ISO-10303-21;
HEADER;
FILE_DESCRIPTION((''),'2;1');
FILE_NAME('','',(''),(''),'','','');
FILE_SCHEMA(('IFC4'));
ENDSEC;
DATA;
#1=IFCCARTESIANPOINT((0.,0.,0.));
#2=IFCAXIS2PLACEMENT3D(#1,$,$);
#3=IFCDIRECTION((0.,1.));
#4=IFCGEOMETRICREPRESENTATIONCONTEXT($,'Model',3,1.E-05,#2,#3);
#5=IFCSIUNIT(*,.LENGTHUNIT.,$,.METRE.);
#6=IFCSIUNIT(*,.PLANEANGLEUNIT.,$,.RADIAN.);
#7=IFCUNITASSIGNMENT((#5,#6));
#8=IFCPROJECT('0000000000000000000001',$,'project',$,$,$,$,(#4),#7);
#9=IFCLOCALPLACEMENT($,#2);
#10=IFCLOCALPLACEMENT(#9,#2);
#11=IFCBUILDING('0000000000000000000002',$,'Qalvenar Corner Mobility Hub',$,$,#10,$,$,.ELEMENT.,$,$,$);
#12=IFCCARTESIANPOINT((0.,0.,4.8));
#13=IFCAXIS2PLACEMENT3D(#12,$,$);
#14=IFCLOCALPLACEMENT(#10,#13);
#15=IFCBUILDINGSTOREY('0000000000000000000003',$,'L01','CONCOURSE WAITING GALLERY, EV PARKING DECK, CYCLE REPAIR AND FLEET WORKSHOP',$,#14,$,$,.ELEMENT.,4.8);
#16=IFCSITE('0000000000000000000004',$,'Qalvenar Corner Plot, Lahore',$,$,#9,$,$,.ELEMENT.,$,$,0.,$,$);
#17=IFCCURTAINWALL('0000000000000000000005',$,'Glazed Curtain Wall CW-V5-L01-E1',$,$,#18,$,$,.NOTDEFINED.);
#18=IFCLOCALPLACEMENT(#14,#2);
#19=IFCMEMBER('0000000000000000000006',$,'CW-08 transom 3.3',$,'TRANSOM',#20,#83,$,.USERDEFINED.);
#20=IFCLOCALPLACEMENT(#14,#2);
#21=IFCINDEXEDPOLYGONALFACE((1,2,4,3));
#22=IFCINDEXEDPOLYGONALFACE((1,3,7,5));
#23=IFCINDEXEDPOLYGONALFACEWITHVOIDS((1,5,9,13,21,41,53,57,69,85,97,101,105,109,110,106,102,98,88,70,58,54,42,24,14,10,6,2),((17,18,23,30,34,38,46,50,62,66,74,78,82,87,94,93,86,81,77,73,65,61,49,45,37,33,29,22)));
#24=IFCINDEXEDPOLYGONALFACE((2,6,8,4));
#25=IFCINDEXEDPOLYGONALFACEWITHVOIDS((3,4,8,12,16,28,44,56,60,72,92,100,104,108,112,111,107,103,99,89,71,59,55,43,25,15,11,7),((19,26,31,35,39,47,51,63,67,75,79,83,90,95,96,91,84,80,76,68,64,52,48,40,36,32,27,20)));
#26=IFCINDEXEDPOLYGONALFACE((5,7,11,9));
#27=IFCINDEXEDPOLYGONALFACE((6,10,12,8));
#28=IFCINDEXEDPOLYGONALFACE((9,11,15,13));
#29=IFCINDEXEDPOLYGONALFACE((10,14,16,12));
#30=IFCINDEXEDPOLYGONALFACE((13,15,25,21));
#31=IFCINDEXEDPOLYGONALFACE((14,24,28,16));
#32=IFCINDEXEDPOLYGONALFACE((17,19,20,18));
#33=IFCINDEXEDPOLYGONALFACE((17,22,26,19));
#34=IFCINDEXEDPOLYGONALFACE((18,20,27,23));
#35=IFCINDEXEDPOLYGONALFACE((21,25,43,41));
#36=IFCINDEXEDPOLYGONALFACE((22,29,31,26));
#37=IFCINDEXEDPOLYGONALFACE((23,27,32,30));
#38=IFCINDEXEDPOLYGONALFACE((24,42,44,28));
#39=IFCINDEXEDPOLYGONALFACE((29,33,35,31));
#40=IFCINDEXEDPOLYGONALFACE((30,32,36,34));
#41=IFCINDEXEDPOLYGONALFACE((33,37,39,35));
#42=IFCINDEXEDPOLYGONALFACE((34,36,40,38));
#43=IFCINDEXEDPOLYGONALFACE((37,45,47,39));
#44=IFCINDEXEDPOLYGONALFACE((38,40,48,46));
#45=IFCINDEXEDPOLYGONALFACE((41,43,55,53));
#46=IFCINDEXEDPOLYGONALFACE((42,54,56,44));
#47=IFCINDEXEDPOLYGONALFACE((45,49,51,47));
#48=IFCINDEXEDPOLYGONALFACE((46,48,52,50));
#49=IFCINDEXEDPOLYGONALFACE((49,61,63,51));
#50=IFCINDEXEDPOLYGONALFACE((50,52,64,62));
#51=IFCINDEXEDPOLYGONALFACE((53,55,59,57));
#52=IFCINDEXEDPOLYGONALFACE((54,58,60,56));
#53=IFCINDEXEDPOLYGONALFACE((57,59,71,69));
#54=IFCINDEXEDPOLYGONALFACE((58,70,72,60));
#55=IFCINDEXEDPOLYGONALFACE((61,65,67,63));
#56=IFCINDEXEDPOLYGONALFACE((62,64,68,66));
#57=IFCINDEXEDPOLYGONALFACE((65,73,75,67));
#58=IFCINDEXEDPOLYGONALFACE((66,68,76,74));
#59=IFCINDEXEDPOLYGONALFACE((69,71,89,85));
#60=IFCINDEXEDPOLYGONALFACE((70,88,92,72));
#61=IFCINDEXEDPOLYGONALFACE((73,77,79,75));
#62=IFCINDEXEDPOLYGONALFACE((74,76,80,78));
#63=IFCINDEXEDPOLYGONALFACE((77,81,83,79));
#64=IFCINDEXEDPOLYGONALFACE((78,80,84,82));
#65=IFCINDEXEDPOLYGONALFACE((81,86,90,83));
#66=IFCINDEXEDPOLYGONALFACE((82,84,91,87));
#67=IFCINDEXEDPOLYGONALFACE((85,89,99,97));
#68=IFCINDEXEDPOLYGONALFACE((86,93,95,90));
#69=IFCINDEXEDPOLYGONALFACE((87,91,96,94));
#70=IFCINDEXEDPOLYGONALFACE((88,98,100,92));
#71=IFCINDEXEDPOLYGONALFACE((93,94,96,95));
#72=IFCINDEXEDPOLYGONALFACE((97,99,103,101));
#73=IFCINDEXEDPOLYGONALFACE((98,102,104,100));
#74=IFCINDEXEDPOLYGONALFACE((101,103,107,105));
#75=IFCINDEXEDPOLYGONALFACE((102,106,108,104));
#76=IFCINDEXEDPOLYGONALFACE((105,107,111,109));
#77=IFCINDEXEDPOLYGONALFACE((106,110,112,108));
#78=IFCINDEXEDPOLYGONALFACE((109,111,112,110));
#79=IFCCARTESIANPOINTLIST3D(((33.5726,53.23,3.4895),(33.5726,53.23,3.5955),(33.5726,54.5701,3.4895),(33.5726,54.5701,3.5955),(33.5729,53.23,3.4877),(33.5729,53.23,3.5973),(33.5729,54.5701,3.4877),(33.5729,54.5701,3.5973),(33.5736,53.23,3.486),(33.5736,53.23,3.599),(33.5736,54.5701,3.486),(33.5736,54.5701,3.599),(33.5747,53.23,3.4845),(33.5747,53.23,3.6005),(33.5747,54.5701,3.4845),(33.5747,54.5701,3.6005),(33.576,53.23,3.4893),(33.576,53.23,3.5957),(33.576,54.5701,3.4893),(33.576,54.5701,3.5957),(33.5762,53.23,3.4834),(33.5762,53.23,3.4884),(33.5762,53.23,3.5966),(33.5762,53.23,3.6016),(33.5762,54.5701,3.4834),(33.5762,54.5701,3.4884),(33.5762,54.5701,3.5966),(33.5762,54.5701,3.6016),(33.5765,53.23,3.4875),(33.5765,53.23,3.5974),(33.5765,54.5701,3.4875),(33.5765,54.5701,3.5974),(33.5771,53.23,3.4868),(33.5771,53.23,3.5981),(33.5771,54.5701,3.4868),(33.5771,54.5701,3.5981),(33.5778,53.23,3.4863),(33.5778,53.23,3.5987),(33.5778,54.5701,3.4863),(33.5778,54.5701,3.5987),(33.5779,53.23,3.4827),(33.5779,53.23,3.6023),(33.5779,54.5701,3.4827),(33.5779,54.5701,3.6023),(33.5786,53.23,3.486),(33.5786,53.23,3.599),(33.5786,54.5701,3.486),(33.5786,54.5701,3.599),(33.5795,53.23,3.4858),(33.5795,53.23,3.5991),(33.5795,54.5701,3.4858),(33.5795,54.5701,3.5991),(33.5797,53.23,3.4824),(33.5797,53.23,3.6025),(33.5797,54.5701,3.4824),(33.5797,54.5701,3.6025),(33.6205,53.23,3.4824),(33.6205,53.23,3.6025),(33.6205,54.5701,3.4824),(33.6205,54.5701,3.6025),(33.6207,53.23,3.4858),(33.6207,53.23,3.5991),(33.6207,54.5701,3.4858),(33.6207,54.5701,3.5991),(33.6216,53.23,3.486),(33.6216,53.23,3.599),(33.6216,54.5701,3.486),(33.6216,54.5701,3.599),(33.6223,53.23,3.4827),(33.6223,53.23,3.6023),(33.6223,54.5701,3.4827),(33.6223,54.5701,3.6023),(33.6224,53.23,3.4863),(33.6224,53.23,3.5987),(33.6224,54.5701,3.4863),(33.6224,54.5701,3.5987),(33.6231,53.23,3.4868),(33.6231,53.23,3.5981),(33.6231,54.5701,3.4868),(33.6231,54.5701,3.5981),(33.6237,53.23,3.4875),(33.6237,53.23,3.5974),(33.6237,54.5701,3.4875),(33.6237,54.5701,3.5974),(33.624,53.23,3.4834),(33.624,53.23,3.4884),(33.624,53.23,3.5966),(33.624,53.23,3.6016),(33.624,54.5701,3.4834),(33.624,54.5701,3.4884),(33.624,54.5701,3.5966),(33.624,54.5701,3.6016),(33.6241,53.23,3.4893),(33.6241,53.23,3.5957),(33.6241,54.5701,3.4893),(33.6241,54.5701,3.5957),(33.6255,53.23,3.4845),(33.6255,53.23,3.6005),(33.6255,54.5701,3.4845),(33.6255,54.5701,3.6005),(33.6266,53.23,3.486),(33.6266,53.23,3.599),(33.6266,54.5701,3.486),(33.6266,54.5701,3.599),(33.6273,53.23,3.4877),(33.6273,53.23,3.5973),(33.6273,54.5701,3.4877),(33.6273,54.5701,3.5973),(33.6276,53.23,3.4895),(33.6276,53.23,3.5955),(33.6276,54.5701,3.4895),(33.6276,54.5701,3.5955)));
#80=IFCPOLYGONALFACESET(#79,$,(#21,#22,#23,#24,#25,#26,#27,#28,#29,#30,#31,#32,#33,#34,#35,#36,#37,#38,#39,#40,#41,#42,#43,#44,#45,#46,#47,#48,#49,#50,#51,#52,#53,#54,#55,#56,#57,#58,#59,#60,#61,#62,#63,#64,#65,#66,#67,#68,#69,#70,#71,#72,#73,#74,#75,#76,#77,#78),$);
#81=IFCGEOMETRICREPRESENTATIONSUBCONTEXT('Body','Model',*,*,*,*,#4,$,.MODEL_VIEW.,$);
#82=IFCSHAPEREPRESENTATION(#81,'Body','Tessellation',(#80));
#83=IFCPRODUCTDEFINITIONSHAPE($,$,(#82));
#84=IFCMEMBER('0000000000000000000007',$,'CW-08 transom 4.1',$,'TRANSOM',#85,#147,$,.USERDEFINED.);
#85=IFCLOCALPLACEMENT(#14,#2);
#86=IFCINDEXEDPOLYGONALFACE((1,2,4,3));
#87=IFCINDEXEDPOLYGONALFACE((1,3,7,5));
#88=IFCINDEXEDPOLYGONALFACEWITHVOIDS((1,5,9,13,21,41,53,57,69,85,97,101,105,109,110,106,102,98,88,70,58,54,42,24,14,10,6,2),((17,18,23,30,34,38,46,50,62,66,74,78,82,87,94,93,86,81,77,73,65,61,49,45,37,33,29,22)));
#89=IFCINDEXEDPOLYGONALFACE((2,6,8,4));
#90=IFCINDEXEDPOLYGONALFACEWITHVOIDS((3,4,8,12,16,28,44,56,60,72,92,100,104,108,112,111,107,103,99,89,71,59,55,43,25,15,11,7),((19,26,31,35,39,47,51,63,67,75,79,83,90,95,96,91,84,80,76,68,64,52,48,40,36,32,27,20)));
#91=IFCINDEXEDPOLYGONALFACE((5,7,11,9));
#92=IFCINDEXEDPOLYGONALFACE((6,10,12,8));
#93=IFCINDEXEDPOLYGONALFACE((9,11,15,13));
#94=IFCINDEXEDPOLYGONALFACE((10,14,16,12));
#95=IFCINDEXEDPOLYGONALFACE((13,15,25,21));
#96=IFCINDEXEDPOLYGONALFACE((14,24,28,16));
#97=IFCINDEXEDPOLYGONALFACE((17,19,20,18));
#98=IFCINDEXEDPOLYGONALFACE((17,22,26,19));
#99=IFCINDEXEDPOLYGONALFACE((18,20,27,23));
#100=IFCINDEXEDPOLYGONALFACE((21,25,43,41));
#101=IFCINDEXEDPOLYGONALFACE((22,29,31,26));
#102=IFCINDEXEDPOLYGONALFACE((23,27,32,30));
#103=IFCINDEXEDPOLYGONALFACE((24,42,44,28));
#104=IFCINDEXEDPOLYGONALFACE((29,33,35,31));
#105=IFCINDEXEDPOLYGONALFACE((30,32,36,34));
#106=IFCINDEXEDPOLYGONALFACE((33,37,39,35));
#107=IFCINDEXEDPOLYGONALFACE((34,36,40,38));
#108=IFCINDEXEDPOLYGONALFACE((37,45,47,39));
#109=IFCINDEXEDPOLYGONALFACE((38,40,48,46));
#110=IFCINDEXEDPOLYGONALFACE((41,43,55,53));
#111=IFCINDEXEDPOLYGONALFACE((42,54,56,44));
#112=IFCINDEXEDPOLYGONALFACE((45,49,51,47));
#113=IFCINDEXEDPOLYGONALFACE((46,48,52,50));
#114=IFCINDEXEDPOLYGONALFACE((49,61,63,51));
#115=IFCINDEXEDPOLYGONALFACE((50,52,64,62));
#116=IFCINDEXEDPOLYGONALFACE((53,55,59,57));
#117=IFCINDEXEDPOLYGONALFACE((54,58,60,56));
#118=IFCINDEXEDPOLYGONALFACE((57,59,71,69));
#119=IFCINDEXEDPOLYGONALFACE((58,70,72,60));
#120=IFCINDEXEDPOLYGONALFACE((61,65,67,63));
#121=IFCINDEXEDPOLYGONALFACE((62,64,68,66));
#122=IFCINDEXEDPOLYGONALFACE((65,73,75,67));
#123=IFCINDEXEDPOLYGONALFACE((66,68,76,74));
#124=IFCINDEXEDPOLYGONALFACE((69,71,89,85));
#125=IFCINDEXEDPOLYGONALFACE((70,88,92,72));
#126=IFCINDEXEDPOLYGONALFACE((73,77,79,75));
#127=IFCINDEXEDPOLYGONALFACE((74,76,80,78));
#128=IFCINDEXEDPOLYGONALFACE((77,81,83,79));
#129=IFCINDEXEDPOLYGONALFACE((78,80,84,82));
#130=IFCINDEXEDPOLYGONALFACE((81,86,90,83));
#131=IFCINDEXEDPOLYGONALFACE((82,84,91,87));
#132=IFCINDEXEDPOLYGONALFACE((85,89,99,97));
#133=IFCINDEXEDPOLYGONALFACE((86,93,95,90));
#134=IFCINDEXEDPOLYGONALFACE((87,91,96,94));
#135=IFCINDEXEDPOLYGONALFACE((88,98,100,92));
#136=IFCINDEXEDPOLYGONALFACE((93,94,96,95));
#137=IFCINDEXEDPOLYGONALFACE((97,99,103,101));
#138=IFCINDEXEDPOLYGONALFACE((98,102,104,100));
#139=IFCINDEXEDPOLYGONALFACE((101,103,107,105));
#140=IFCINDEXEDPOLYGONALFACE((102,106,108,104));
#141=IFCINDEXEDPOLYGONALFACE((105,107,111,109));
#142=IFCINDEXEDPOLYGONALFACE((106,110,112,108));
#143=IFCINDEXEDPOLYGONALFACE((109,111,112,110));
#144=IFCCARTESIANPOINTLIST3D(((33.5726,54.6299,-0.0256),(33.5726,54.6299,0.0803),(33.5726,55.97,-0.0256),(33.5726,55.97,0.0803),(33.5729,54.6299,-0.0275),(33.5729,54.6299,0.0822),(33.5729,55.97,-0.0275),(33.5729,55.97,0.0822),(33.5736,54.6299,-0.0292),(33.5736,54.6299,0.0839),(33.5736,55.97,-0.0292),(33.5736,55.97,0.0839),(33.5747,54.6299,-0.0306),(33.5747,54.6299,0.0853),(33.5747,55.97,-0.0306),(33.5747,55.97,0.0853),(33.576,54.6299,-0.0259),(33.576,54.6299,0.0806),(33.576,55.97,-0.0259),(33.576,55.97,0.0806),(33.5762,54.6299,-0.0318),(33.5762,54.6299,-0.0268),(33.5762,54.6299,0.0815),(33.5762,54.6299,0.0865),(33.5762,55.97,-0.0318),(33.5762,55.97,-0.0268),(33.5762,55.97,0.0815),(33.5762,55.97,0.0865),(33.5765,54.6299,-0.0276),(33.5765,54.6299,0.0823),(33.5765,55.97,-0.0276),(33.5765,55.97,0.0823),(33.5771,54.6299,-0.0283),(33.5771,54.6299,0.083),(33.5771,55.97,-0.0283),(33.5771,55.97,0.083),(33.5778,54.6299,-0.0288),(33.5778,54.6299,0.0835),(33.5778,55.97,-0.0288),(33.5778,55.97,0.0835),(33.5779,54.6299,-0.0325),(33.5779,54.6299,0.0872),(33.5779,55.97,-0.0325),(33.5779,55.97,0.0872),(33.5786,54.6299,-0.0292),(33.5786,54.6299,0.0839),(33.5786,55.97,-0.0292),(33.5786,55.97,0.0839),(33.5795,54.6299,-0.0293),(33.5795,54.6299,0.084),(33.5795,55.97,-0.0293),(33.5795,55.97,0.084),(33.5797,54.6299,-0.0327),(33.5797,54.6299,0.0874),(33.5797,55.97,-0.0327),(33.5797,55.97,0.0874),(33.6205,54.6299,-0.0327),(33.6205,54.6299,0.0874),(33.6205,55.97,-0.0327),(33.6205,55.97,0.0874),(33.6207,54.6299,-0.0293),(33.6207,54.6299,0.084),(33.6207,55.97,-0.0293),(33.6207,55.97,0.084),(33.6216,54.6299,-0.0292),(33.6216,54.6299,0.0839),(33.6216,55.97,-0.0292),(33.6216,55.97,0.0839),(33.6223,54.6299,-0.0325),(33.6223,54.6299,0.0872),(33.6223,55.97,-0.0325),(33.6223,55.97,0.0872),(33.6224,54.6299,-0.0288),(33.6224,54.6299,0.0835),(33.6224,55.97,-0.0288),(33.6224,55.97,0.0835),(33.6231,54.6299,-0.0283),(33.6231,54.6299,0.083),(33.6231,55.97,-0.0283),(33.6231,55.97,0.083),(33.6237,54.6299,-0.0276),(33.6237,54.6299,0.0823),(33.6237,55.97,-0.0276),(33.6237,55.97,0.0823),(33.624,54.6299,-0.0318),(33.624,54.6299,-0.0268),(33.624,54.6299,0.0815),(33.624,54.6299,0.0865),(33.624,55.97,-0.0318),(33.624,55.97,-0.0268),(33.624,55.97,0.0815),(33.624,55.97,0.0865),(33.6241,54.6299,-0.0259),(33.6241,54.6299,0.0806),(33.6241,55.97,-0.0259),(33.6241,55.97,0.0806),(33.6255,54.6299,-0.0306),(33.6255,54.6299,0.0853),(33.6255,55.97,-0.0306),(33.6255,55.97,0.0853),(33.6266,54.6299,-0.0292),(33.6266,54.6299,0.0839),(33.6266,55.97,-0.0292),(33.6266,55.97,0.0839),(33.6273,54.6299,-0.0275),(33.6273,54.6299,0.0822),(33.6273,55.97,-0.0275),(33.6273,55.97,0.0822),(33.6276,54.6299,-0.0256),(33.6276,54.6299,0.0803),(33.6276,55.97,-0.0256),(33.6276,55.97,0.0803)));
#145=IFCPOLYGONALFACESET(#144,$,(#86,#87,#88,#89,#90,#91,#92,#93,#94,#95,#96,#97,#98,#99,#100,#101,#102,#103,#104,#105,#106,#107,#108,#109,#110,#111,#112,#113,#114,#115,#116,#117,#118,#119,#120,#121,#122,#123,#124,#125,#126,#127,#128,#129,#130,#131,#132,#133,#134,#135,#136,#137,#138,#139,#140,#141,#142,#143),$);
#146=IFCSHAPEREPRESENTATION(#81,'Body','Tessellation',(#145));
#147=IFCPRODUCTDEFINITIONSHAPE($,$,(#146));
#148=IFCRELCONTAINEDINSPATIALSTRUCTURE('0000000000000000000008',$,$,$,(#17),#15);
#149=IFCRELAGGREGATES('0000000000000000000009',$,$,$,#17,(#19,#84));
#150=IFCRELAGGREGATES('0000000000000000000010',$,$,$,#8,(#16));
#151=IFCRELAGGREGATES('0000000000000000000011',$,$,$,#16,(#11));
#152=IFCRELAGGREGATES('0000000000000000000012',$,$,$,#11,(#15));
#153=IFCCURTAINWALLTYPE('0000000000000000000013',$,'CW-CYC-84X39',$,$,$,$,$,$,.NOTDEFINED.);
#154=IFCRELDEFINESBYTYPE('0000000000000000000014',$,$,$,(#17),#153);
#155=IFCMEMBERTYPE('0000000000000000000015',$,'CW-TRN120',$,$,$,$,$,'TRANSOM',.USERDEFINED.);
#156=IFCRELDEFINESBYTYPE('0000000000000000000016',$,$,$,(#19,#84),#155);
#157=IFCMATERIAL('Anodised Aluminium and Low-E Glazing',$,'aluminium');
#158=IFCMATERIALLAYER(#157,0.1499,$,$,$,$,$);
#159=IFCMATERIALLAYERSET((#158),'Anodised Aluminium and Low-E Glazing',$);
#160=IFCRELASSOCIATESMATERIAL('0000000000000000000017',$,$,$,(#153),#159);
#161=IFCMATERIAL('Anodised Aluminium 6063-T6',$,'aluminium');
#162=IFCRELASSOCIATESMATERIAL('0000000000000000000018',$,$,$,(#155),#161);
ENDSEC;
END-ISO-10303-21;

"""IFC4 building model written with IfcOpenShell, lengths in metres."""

from ifc_helpers import new_model, si_unit, direction, frame, origin, origin_2d, place, context, subcontext, project, spatial, hollow_rectangle, extrude, material, layer, layer_set, material_profile, profile_set, type_object, element, aggregate, save


model = new_model("IFC4")

# Units and contexts
model_context = context("Model", 3, precision=1e-05, world=origin(), true_north=direction((0.0, 1.0)))
body_context = subcontext(model_context, "Body", "Model", "MODEL_VIEW")
ifc_project = project(units=[si_unit("LENGTHUNIT", "METRE"), si_unit("PLANEANGLEUNIT", "RADIAN")], contexts=[model_context])

# Site, building, storey
site_placement = place(None, origin())
site = spatial("IfcSite", under=ifc_project, at=site_placement, Name="Qalvenar Corner Plot, Lahore", CompositionType="ELEMENT", RefElevation=0.0)
building_placement = place(site_placement, origin())
building = spatial("IfcBuilding", under=site, at=building_placement, Name="Qalvenar Corner Mobility Hub", CompositionType="ELEMENT")
storey_placement = place(building_placement, frame((0.0, 0.0, 4.8)))
storey = spatial("IfcBuildingStorey", under=building, at=storey_placement, Name="L01", Description="CONCOURSE WAITING GALLERY, EV PARKING DECK, CYCLE REPAIR AND FLEET WORKSHOP", CompositionType="ELEMENT", Elevation=4.8)

# Curtain wall, members
ifc_material_1 = material(Name="Anodised Aluminium and Low-E Glazing", Category="aluminium")
ifc_layer_1 = layer(ifc_material_1, 0.1499)
ifc_layer_set_1 = layer_set([ifc_layer_1], Name="Anodised Aluminium and Low-E Glazing")
curtain_wall_type = type_object("IfcCurtainWallType", Name="CW-CYC-84X39", PredefinedType="NOTDEFINED", material=ifc_layer_set_1)
curtain_wall_placement = place(storey_placement, origin())
curtain_wall = element("IfcCurtainWall", 1, at=curtain_wall_placement, inside=storey, type_object=curtain_wall_type, Name="Glazed Curtain Wall CW-V5-L01-E1", PredefinedType="NOTDEFINED")
ifc_material_2 = material(Name="Anodised Aluminium 6063-T6", Category="aluminium")
ifc_material_profile_1 = material_profile(ifc_material_2, hollow_rectangle(XDim=0.0549, YDim=0.1201, WallThickness=0.0034, InnerFilletRadius=0.0034, OuterFilletRadius=0.0071, at=origin_2d()), Name="RHS120x55x3.5")
ifc_profile_set_1 = profile_set([ifc_material_profile_1], Name="Anodised Aluminium 6063-T6")
member_type_1 = type_object("IfcMemberType", Name="CW-TRN120", ElementType="TRANSOM", PredefinedType="USERDEFINED", material=ifc_profile_set_1)
member_1_placement = place(storey_placement, frame((33.6001, 53.23, 3.5425), z_axis=(0.0, 1.0, 0.0), x_axis=(-1.0, 0.0, 0.0)))
member_1 = element("IfcMember", 2, at=member_1_placement, type_object=member_type_1, Name="CW-08 transom 3.3", ObjectType="TRANSOM", PredefinedType="USERDEFINED", context=body_context, shape_type="SweptSolid", body=[
    extrude(hollow_rectangle(XDim=0.0549, YDim=0.1201, WallThickness=0.0034, InnerFilletRadius=0.0034, OuterFilletRadius=0.0071, at=origin_2d()), origin(), (0.0, 0.0, 1.0), 1.3401),
])
member_2_placement = place(storey_placement, frame((33.6001, 54.6299, 0.0273), z_axis=(0.0, 1.0, 0.0), x_axis=(-1.0, 0.0, 0.0)))
member_2 = element("IfcMember", 3, at=member_2_placement, type_object=member_type_1, Name="CW-08 transom 4.1", ObjectType="TRANSOM", PredefinedType="USERDEFINED", context=body_context, shape_type="SweptSolid", body=[
    extrude(hollow_rectangle(XDim=0.0549, YDim=0.1201, WallThickness=0.0034, InnerFilletRadius=0.0034, OuterFilletRadius=0.0071, at=origin_2d()), origin(), (0.0, 0.0, 1.0), 1.3401),
])
aggregate(curtain_wall, [member_1, member_2])

save(model, "model.ifc")
